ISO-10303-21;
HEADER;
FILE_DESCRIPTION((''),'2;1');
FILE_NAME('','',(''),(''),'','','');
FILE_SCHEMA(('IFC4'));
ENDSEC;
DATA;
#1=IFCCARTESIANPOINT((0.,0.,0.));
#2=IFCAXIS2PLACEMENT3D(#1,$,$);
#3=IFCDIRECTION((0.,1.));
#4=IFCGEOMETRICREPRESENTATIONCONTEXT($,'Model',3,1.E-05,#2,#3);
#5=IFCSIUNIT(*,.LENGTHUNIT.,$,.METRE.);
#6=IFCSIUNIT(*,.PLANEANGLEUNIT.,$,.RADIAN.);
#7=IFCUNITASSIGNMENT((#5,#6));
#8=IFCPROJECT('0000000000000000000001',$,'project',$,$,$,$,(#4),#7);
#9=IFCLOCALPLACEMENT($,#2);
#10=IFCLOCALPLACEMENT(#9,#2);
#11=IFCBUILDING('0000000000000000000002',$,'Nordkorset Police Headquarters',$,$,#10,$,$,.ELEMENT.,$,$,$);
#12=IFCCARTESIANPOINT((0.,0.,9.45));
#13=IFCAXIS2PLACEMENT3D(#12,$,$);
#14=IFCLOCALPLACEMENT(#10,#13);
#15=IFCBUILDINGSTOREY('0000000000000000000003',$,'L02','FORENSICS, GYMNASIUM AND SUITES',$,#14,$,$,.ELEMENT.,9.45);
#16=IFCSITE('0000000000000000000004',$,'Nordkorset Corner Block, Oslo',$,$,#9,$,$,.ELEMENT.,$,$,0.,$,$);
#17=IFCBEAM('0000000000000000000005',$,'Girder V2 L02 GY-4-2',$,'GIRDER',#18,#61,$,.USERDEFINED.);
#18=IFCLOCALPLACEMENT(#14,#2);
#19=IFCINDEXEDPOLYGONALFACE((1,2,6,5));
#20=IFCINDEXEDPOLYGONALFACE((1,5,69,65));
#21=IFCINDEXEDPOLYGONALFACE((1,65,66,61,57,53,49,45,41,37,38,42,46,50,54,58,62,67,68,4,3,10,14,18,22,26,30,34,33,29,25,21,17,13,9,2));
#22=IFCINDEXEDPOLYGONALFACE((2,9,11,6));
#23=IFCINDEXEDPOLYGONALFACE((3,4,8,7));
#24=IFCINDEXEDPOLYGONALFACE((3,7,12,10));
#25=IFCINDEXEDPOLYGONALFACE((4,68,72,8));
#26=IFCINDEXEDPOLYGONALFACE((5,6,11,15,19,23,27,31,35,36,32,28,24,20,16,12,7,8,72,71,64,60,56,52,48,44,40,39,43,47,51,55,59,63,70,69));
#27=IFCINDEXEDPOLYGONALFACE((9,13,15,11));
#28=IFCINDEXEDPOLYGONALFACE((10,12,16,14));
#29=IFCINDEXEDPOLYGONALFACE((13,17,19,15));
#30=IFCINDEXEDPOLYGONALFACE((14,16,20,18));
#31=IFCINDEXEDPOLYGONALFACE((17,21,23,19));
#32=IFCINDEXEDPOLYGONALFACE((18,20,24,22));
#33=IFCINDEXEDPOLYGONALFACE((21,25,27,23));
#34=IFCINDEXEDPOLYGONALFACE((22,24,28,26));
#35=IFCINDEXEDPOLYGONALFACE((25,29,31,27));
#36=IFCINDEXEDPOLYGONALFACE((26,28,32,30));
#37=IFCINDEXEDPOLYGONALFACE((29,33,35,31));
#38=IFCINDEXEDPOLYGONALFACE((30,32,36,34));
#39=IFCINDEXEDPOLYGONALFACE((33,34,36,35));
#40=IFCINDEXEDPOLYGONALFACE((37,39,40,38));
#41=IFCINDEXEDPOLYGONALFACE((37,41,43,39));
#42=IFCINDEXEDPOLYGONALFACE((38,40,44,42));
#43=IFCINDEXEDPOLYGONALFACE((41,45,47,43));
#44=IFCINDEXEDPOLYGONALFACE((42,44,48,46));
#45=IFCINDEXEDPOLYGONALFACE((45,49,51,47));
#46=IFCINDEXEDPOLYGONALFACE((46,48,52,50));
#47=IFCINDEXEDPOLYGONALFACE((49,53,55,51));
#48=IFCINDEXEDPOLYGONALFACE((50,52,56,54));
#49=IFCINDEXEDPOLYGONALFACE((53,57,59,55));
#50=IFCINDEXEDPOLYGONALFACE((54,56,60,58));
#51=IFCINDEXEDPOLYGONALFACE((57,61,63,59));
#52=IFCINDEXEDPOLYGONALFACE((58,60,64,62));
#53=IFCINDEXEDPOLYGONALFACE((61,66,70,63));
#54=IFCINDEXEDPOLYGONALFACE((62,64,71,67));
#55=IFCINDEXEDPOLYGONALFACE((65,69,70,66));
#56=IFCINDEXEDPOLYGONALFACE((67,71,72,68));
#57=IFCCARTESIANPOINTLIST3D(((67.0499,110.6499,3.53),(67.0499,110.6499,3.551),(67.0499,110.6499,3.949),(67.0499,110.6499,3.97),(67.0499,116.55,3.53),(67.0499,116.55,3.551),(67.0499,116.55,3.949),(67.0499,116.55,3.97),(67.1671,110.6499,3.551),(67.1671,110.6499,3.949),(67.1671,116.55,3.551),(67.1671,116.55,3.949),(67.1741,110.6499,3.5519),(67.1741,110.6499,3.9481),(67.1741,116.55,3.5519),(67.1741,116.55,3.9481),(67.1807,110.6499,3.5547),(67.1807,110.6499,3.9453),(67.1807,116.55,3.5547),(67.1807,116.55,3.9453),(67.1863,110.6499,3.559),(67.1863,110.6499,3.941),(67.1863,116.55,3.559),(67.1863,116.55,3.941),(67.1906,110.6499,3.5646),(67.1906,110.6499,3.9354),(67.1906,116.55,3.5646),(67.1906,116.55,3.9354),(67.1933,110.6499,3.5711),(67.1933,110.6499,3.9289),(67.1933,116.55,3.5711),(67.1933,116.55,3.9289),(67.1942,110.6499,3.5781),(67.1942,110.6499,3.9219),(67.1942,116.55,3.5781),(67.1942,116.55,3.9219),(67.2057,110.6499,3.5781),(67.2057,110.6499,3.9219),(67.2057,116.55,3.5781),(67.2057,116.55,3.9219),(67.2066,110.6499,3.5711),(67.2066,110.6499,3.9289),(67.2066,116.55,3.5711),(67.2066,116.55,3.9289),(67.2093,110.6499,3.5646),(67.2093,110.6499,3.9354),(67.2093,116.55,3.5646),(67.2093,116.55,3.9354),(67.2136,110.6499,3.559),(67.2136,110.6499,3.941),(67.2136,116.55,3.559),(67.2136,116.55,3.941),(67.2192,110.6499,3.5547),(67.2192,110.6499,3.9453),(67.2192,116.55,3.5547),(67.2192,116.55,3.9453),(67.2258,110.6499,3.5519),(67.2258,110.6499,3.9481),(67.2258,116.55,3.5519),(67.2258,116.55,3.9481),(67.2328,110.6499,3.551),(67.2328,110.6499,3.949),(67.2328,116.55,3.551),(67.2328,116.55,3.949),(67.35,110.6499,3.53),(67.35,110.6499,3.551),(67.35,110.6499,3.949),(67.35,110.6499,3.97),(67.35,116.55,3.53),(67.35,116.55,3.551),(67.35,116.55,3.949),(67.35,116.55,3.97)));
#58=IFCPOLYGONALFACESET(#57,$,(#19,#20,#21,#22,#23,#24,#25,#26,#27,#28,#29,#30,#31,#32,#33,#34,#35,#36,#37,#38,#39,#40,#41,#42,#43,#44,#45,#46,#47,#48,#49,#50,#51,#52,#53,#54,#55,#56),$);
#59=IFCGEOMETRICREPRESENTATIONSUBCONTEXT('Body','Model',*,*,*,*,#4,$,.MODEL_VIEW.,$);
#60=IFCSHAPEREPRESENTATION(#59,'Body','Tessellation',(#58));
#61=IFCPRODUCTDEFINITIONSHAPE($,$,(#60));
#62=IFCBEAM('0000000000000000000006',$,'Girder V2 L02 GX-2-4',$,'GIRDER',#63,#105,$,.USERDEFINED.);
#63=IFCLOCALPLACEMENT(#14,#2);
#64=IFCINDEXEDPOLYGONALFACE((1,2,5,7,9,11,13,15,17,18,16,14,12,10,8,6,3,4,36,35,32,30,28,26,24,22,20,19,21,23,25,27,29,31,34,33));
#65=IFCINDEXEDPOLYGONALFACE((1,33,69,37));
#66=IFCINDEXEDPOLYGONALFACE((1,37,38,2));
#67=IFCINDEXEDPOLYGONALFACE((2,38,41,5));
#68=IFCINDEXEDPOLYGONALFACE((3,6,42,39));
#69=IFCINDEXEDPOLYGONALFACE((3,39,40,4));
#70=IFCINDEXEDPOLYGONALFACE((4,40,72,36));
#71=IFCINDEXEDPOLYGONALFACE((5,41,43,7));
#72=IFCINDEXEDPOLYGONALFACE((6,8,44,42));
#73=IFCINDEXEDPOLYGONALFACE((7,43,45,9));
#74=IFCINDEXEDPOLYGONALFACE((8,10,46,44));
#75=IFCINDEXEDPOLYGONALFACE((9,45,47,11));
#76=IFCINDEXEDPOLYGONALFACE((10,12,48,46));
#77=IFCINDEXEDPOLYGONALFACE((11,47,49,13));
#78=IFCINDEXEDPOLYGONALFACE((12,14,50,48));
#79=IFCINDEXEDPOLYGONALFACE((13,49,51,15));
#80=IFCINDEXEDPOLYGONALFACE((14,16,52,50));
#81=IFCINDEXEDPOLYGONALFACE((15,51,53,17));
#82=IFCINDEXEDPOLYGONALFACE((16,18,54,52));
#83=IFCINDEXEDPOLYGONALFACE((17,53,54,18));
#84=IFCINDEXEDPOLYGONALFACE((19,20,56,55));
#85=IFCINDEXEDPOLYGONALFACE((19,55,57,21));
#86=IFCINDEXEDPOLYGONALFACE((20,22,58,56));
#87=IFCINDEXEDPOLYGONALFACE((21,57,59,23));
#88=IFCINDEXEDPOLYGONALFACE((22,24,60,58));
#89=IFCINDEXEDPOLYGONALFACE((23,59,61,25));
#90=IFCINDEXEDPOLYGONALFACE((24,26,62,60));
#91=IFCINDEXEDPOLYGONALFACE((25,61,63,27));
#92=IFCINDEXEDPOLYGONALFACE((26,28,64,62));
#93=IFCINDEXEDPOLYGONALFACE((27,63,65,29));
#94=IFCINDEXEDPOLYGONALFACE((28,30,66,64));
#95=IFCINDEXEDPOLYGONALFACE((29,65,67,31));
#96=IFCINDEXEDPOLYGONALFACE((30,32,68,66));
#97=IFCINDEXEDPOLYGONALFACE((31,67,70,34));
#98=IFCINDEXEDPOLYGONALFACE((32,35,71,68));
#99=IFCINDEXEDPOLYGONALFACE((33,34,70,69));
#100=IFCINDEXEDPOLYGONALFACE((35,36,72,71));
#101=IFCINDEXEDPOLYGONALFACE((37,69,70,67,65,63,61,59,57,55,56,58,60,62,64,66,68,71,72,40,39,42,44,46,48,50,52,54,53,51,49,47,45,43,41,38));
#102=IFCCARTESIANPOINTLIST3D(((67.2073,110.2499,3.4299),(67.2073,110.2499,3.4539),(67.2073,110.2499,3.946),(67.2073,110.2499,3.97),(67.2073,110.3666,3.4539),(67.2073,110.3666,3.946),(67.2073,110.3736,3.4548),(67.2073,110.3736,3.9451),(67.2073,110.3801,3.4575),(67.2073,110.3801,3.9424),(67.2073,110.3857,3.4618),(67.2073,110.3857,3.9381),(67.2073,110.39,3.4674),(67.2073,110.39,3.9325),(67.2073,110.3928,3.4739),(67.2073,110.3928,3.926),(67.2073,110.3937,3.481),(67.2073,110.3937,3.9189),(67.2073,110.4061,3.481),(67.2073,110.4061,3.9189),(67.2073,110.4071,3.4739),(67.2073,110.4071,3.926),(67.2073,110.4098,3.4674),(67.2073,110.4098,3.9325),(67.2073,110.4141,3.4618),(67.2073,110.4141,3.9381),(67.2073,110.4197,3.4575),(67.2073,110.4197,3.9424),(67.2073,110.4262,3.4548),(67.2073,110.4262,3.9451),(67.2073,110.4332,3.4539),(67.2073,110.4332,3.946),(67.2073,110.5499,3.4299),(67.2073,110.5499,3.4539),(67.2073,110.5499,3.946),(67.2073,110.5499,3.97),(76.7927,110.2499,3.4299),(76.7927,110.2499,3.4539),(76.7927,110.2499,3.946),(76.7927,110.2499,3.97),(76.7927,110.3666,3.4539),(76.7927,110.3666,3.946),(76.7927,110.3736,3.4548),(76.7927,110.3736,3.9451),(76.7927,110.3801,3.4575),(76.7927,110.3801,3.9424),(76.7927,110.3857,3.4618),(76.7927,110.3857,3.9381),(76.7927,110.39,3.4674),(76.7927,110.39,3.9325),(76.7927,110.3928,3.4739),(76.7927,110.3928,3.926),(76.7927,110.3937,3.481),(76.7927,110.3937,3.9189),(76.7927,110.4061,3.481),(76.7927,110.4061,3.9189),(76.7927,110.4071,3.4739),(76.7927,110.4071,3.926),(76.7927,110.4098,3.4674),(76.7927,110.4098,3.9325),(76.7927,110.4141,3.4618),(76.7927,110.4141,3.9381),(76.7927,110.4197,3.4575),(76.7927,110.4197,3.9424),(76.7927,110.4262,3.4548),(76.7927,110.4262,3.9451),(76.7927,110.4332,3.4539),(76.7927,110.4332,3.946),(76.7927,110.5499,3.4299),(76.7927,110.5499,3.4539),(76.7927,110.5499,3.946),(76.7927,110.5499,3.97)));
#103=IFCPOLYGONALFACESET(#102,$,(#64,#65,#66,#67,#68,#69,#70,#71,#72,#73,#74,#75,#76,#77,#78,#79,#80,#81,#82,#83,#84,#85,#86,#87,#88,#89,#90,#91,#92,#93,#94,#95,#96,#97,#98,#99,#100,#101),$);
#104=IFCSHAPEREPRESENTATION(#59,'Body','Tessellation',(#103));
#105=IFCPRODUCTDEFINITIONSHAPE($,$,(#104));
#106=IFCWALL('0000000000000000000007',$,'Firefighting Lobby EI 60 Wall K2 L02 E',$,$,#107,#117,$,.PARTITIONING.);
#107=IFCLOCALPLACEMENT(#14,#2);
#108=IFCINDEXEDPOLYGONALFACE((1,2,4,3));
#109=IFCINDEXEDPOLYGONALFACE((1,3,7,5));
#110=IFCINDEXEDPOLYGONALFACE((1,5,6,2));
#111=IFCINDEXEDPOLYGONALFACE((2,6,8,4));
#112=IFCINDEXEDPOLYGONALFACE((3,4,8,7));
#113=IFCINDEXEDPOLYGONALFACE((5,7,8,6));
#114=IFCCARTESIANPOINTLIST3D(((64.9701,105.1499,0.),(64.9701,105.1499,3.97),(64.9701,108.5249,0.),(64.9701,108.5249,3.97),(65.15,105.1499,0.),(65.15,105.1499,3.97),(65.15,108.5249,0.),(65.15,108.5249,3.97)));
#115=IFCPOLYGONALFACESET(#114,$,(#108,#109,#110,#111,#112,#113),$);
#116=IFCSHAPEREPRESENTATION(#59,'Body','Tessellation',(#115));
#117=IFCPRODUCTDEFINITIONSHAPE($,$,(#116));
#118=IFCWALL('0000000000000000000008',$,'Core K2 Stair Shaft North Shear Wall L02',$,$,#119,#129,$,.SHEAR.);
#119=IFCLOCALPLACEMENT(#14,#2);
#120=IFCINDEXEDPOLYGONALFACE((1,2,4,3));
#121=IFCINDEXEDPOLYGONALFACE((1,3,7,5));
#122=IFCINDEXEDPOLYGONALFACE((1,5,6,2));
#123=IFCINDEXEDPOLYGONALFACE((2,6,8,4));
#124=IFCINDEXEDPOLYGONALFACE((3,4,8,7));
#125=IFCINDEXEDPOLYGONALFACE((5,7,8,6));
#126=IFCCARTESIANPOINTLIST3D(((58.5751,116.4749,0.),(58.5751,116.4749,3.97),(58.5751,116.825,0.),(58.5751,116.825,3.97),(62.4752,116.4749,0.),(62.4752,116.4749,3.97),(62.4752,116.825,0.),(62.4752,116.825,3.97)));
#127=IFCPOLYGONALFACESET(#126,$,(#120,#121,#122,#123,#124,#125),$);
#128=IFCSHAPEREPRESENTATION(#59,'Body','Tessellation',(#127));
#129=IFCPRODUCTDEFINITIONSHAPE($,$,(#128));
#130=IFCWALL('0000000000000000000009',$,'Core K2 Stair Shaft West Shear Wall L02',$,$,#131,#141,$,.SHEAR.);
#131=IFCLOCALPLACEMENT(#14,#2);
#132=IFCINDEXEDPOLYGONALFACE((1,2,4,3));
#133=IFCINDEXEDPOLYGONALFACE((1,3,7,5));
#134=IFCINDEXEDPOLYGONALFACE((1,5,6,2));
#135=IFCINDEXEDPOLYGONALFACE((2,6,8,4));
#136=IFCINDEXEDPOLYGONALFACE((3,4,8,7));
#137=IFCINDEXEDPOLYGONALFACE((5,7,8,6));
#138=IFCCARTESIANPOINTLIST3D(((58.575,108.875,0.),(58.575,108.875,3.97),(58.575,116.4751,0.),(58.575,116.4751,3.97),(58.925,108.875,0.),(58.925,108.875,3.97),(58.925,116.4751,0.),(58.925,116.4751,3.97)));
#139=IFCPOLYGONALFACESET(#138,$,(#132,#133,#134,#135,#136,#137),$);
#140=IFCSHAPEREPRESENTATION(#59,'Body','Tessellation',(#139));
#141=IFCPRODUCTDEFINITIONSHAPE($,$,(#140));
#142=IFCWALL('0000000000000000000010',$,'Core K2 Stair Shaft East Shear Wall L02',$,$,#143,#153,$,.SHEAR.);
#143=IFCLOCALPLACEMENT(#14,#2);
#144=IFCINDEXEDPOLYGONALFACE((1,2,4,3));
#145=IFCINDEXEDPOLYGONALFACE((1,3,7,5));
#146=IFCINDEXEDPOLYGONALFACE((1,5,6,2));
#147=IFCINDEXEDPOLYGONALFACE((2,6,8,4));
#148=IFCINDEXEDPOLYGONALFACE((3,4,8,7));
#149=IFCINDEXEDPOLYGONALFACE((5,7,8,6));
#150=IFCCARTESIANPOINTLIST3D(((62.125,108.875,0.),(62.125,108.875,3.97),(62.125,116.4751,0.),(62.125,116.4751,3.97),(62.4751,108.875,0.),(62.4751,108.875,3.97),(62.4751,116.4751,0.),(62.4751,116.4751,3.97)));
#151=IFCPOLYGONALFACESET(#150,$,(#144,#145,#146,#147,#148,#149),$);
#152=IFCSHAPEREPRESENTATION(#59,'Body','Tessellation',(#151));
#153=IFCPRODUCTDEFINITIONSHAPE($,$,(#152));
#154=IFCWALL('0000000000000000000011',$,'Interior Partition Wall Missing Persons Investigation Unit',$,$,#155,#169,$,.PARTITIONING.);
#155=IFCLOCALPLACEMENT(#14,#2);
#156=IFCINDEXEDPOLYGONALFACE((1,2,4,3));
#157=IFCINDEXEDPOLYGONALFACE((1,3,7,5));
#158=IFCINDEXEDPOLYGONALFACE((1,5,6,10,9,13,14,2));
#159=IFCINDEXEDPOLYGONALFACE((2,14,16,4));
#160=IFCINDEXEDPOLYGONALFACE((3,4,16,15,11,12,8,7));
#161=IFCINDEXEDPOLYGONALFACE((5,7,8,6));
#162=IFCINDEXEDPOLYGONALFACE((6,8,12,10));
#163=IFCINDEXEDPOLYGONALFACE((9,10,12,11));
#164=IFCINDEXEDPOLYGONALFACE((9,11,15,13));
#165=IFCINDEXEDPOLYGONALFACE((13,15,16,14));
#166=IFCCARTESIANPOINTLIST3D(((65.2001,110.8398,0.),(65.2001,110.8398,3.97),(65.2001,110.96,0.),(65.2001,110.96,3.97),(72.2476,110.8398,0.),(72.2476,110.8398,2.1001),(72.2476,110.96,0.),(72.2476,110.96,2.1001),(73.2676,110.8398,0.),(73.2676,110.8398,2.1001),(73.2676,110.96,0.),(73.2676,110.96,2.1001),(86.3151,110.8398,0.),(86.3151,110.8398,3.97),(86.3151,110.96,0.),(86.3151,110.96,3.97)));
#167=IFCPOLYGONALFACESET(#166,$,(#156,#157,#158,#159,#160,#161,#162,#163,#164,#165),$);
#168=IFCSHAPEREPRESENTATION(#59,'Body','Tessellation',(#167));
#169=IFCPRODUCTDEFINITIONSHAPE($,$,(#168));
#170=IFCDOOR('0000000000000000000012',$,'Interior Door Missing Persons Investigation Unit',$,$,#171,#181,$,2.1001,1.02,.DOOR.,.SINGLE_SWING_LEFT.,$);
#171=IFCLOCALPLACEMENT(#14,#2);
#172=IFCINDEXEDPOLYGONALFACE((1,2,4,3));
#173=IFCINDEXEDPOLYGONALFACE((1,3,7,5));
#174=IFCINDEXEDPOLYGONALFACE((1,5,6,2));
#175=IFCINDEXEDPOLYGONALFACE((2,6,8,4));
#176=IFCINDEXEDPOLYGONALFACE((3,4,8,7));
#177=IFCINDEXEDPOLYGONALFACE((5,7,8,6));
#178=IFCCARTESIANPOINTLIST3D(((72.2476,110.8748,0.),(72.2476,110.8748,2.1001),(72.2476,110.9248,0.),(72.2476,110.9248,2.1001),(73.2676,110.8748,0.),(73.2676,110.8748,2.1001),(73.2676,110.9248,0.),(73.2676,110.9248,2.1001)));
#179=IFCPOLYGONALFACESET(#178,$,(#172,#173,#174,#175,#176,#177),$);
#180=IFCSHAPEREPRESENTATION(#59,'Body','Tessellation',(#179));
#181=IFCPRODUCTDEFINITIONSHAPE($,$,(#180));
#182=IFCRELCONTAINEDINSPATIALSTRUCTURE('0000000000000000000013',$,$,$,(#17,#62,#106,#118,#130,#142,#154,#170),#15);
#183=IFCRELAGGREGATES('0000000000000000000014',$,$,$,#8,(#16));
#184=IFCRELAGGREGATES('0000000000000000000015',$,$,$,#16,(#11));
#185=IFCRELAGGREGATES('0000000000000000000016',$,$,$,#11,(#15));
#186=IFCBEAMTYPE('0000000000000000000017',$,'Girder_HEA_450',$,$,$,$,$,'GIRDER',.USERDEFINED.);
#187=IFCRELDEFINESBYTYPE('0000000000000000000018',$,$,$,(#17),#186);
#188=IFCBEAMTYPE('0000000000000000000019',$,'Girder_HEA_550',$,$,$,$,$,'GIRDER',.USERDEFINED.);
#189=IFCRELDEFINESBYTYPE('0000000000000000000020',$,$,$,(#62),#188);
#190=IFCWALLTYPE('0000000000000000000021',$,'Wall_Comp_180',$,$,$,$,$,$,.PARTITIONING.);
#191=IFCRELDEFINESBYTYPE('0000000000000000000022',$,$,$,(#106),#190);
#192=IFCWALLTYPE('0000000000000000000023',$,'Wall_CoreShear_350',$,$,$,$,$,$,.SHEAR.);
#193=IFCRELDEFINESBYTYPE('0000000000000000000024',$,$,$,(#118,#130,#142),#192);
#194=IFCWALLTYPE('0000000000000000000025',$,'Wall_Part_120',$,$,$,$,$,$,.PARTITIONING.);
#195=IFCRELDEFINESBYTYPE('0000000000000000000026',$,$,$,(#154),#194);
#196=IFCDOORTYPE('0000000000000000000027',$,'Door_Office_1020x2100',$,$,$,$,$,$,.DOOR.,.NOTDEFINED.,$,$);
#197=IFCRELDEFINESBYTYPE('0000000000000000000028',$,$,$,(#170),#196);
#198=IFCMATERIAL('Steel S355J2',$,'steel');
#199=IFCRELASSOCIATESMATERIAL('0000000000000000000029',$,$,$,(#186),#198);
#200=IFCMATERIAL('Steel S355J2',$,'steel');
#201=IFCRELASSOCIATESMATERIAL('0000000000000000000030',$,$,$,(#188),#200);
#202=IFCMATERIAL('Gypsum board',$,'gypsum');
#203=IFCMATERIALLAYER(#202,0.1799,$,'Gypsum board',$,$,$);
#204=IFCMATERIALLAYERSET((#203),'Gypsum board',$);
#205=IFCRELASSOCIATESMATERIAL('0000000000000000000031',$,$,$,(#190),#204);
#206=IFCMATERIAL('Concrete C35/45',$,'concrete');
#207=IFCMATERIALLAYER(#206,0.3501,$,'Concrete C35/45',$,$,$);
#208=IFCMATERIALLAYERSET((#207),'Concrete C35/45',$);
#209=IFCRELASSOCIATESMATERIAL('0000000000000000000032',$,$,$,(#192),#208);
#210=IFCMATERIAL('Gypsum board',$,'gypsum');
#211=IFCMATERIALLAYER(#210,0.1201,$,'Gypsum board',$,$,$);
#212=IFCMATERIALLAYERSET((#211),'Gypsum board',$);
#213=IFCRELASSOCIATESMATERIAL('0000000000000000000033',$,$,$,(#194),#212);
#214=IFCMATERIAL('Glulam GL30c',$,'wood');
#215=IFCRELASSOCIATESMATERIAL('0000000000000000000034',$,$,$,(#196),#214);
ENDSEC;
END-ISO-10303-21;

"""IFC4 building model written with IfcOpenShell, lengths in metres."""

from ifc_helpers import new_model, si_unit, direction, frame, frame_2d, origin, origin_2d, place, context, subcontext, project, spatial, rectangle, i_section, extrude, material, layer, layer_set, material_profile, profile_set, type_object, element, fill, save


model = new_model("IFC4")

# Units and contexts
model_context = context("Model", 3, precision=1e-05, world=origin(), true_north=direction((0.0, 1.0)))
body_context = subcontext(model_context, "Body", "Model", "MODEL_VIEW")
ifc_project = project(units=[si_unit("LENGTHUNIT", "METRE"), si_unit("PLANEANGLEUNIT", "RADIAN")], contexts=[model_context])

# Site, building, storey
site_placement = place(None, origin())
site = spatial("IfcSite", under=ifc_project, at=site_placement, Name="Nordkorset Corner Block, Oslo", CompositionType="ELEMENT", RefElevation=0.0)
building_placement = place(site_placement, origin())
building = spatial("IfcBuilding", under=site, at=building_placement, Name="Nordkorset Police Headquarters", CompositionType="ELEMENT")
storey_placement = place(building_placement, frame((0.0, 0.0, 9.45)))
storey = spatial("IfcBuildingStorey", under=building, at=storey_placement, Name="L02", Description="FORENSICS, GYMNASIUM AND SUITES", CompositionType="ELEMENT", Elevation=9.45)

# Beams
ifc_material_1 = material(Name="Steel S355J2", Category="steel")
ifc_material_profile_1 = material_profile(ifc_material_1, i_section(OverallWidth=0.3, OverallDepth=0.4399, WebThickness=0.0115, FlangeThickness=0.021, FilletRadius=0.0271, at=origin_2d()), Name="HEA 450")
ifc_profile_set_1 = profile_set([ifc_material_profile_1], Name="Steel S355J2")
beam_type_1 = type_object("IfcBeamType", Name="Girder_HEA_450", ElementType="GIRDER", PredefinedType="USERDEFINED", material=ifc_profile_set_1)
beam_1_placement = place(storey_placement, frame((67.2, 110.6499, 3.75), z_axis=(0.0, 1.0, 0.0), x_axis=(-1.0, 0.0, 0.0)))
element("IfcBeam", 1, at=beam_1_placement, inside=storey, type_object=beam_type_1, Name="Girder V2 L02 GY-4-2", ObjectType="GIRDER", PredefinedType="USERDEFINED", context=body_context, shape_type="SweptSolid", body=[
    extrude(i_section(OverallWidth=0.3, OverallDepth=0.4399, WebThickness=0.0115, FlangeThickness=0.021, FilletRadius=0.0271, at=origin_2d()), origin(), (0.0, 0.0, 1.0), 5.9001),
])
ifc_material_2 = material(Name="Steel S355J2", Category="steel")
ifc_material_profile_2 = material_profile(ifc_material_2, i_section(OverallWidth=0.3, OverallDepth=0.54, WebThickness=0.0125, FlangeThickness=0.0239, FilletRadius=0.0271, at=origin_2d()), Name="HEA 550")
ifc_profile_set_2 = profile_set([ifc_material_profile_2], Name="Steel S355J2")
beam_type_2 = type_object("IfcBeamType", Name="Girder_HEA_550", ElementType="GIRDER", PredefinedType="USERDEFINED", material=ifc_profile_set_2)
beam_2_placement = place(storey_placement, frame((67.2073, 110.3999, 3.7), z_axis=(1.0, 0.0, 0.0), x_axis=(0.0, 1.0, 0.0)))
element("IfcBeam", 2, at=beam_2_placement, inside=storey, type_object=beam_type_2, Name="Girder V2 L02 GX-2-4", ObjectType="GIRDER", PredefinedType="USERDEFINED", context=body_context, shape_type="SweptSolid", body=[
    extrude(i_section(OverallWidth=0.3, OverallDepth=0.54, WebThickness=0.0125, FlangeThickness=0.0239, FilletRadius=0.0271, at=origin_2d()), origin(), (0.0, 0.0, 1.0), 9.5854),
])

# Wall
ifc_material_3 = material(Name="Gypsum board", Category="gypsum")
ifc_layer_1 = layer(ifc_material_3, 0.1799, Name="Gypsum board")
ifc_layer_set_1 = layer_set([ifc_layer_1], Name="Gypsum board")
wall_type_1 = type_object("IfcWallType", Name="Wall_Comp_180", PredefinedType="PARTITIONING", material=ifc_layer_set_1)
wall_1_placement = place(storey_placement, frame((65.0601, 105.1499, 0.0), z_axis=(0.0, 0.0, 1.0), x_axis=(0.0, 1.0, 0.0)))
element("IfcWall", 3, at=wall_1_placement, inside=storey, type_object=wall_type_1, Name="Firefighting Lobby EI 60 Wall K2 L02 E", PredefinedType="PARTITIONING", context=body_context, shape_type="SweptSolid", body=[
    extrude(rectangle(XDim=3.375, YDim=0.1799, at=frame_2d((1.6875, 0.0))), origin(), (0.0, 0.0, 1.0), 3.97),
])

# Shared definitions
ifc_material_4 = material(Name="Concrete C35/45", Category="concrete")
ifc_layer_2 = layer(ifc_material_4, 0.3501, Name="Concrete C35/45")
ifc_layer_set_2 = layer_set([ifc_layer_2], Name="Concrete C35/45")
wall_type_2 = type_object("IfcWallType", Name="Wall_CoreShear_350", PredefinedType="SHEAR", material=ifc_layer_set_2)

# Walls
wall_2_placement = place(storey_placement, frame((58.575, 116.6499, 0.0), z_axis=(0.0, 0.0, 1.0), x_axis=(1.0, 0.0, 0.0)))
element("IfcWall", 4, at=wall_2_placement, inside=storey, type_object=wall_type_2, Name="Core K2 Stair Shaft North Shear Wall L02", PredefinedType="SHEAR", context=body_context, shape_type="SweptSolid", body=[
    extrude(rectangle(XDim=3.9001, YDim=0.3501, at=frame_2d((1.9502, 0.0))), origin(), (0.0, 0.0, 1.0), 3.97),
])
for number, where, z_axis, x_axis, name in (
    (5, (58.75, 108.875, 0.0), (0.0, 0.0, 1.0), (0.0, 1.0, 0.0), "Core K2 Stair Shaft West Shear Wall L02"),
    (6, (62.3, 108.875, 0.0), (0.0, 0.0, 1.0), (0.0, 1.0, 0.0), "Core K2 Stair Shaft East Shear Wall L02"),
):
    element("IfcWall", number, at=place(storey_placement, frame(where, z_axis=z_axis, x_axis=x_axis)), inside=storey, type_object=wall_type_2, Name=name, PredefinedType="SHEAR", context=body_context, shape_type="SweptSolid", body=[
        extrude(rectangle(XDim=7.6001, YDim=0.3501, at=frame_2d((3.8, 0.0))), origin(), (0.0, 0.0, 1.0), 3.97),
    ])

# Wall, opening, door
ifc_material_5 = material(Name="Gypsum board", Category="gypsum")
ifc_layer_3 = layer(ifc_material_5, 0.1201, Name="Gypsum board")
ifc_layer_set_3 = layer_set([ifc_layer_3], Name="Gypsum board")
wall_type_3 = type_object("IfcWallType", Name="Wall_Part_120", PredefinedType="PARTITIONING", material=ifc_layer_set_3)
wall_3_placement = place(storey_placement, frame((65.2, 110.8999, 0.0), z_axis=(0.0, 0.0, 1.0), x_axis=(1.0, 0.0, 0.0)))
wall_3 = element("IfcWall", 7, at=wall_3_placement, inside=storey, type_object=wall_type_3, Name="Interior Partition Wall Missing Persons Investigation Unit", PredefinedType="PARTITIONING", context=body_context, shape_type="SweptSolid", body=[
    extrude(rectangle(XDim=21.115, YDim=0.1201, at=frame_2d((10.5576, 0.0))), origin(), (0.0, 0.0, 1.0), 3.97),
])
opening_1_placement = place(wall_3_placement, frame((7.0476, 0.0, 0.0)))
opening_1 = element("IfcOpeningElement", 8, at=opening_1_placement, cuts=wall_3, PredefinedType="OPENING", context=body_context, shape_type="SweptSolid", body=[
    extrude(rectangle(XDim=1.02, YDim=2.1001, at=frame_2d((0.51, 1.05))), frame((0.0, 0.0701, 0.0), z_axis=(0.0, -1.0, 0.0), x_axis=(1.0, 0.0, 0.0)), (0.0, 0.0, 1.0), 0.1401),
])
ifc_material_6 = material(Name="Glulam GL30c", Category="wood")
door_type_1 = type_object("IfcDoorType", Name="Door_Office_1020x2100", OperationType="NOTDEFINED", PredefinedType="DOOR", material=ifc_material_6)
door_1_placement = place(opening_1_placement, origin())
door_1 = element("IfcDoor", 9, at=door_1_placement, inside=storey, type_object=door_type_1, Name="Interior Door Missing Persons Investigation Unit", OperationType="SINGLE_SWING_LEFT", OverallHeight=2.1001, OverallWidth=1.02, PredefinedType="DOOR", context=body_context, shape_type="SweptSolid", body=[
    extrude(rectangle(XDim=1.02, YDim=2.1001, at=frame_2d((0.51, 1.05))), frame((0.0, 0.0249, 0.0), z_axis=(0.0, -1.0, 0.0), x_axis=(1.0, 0.0, 0.0)), (0.0, 0.0, 1.0), 0.05),
])
fill(opening_1, door_1)

save(model, "model.ifc")
